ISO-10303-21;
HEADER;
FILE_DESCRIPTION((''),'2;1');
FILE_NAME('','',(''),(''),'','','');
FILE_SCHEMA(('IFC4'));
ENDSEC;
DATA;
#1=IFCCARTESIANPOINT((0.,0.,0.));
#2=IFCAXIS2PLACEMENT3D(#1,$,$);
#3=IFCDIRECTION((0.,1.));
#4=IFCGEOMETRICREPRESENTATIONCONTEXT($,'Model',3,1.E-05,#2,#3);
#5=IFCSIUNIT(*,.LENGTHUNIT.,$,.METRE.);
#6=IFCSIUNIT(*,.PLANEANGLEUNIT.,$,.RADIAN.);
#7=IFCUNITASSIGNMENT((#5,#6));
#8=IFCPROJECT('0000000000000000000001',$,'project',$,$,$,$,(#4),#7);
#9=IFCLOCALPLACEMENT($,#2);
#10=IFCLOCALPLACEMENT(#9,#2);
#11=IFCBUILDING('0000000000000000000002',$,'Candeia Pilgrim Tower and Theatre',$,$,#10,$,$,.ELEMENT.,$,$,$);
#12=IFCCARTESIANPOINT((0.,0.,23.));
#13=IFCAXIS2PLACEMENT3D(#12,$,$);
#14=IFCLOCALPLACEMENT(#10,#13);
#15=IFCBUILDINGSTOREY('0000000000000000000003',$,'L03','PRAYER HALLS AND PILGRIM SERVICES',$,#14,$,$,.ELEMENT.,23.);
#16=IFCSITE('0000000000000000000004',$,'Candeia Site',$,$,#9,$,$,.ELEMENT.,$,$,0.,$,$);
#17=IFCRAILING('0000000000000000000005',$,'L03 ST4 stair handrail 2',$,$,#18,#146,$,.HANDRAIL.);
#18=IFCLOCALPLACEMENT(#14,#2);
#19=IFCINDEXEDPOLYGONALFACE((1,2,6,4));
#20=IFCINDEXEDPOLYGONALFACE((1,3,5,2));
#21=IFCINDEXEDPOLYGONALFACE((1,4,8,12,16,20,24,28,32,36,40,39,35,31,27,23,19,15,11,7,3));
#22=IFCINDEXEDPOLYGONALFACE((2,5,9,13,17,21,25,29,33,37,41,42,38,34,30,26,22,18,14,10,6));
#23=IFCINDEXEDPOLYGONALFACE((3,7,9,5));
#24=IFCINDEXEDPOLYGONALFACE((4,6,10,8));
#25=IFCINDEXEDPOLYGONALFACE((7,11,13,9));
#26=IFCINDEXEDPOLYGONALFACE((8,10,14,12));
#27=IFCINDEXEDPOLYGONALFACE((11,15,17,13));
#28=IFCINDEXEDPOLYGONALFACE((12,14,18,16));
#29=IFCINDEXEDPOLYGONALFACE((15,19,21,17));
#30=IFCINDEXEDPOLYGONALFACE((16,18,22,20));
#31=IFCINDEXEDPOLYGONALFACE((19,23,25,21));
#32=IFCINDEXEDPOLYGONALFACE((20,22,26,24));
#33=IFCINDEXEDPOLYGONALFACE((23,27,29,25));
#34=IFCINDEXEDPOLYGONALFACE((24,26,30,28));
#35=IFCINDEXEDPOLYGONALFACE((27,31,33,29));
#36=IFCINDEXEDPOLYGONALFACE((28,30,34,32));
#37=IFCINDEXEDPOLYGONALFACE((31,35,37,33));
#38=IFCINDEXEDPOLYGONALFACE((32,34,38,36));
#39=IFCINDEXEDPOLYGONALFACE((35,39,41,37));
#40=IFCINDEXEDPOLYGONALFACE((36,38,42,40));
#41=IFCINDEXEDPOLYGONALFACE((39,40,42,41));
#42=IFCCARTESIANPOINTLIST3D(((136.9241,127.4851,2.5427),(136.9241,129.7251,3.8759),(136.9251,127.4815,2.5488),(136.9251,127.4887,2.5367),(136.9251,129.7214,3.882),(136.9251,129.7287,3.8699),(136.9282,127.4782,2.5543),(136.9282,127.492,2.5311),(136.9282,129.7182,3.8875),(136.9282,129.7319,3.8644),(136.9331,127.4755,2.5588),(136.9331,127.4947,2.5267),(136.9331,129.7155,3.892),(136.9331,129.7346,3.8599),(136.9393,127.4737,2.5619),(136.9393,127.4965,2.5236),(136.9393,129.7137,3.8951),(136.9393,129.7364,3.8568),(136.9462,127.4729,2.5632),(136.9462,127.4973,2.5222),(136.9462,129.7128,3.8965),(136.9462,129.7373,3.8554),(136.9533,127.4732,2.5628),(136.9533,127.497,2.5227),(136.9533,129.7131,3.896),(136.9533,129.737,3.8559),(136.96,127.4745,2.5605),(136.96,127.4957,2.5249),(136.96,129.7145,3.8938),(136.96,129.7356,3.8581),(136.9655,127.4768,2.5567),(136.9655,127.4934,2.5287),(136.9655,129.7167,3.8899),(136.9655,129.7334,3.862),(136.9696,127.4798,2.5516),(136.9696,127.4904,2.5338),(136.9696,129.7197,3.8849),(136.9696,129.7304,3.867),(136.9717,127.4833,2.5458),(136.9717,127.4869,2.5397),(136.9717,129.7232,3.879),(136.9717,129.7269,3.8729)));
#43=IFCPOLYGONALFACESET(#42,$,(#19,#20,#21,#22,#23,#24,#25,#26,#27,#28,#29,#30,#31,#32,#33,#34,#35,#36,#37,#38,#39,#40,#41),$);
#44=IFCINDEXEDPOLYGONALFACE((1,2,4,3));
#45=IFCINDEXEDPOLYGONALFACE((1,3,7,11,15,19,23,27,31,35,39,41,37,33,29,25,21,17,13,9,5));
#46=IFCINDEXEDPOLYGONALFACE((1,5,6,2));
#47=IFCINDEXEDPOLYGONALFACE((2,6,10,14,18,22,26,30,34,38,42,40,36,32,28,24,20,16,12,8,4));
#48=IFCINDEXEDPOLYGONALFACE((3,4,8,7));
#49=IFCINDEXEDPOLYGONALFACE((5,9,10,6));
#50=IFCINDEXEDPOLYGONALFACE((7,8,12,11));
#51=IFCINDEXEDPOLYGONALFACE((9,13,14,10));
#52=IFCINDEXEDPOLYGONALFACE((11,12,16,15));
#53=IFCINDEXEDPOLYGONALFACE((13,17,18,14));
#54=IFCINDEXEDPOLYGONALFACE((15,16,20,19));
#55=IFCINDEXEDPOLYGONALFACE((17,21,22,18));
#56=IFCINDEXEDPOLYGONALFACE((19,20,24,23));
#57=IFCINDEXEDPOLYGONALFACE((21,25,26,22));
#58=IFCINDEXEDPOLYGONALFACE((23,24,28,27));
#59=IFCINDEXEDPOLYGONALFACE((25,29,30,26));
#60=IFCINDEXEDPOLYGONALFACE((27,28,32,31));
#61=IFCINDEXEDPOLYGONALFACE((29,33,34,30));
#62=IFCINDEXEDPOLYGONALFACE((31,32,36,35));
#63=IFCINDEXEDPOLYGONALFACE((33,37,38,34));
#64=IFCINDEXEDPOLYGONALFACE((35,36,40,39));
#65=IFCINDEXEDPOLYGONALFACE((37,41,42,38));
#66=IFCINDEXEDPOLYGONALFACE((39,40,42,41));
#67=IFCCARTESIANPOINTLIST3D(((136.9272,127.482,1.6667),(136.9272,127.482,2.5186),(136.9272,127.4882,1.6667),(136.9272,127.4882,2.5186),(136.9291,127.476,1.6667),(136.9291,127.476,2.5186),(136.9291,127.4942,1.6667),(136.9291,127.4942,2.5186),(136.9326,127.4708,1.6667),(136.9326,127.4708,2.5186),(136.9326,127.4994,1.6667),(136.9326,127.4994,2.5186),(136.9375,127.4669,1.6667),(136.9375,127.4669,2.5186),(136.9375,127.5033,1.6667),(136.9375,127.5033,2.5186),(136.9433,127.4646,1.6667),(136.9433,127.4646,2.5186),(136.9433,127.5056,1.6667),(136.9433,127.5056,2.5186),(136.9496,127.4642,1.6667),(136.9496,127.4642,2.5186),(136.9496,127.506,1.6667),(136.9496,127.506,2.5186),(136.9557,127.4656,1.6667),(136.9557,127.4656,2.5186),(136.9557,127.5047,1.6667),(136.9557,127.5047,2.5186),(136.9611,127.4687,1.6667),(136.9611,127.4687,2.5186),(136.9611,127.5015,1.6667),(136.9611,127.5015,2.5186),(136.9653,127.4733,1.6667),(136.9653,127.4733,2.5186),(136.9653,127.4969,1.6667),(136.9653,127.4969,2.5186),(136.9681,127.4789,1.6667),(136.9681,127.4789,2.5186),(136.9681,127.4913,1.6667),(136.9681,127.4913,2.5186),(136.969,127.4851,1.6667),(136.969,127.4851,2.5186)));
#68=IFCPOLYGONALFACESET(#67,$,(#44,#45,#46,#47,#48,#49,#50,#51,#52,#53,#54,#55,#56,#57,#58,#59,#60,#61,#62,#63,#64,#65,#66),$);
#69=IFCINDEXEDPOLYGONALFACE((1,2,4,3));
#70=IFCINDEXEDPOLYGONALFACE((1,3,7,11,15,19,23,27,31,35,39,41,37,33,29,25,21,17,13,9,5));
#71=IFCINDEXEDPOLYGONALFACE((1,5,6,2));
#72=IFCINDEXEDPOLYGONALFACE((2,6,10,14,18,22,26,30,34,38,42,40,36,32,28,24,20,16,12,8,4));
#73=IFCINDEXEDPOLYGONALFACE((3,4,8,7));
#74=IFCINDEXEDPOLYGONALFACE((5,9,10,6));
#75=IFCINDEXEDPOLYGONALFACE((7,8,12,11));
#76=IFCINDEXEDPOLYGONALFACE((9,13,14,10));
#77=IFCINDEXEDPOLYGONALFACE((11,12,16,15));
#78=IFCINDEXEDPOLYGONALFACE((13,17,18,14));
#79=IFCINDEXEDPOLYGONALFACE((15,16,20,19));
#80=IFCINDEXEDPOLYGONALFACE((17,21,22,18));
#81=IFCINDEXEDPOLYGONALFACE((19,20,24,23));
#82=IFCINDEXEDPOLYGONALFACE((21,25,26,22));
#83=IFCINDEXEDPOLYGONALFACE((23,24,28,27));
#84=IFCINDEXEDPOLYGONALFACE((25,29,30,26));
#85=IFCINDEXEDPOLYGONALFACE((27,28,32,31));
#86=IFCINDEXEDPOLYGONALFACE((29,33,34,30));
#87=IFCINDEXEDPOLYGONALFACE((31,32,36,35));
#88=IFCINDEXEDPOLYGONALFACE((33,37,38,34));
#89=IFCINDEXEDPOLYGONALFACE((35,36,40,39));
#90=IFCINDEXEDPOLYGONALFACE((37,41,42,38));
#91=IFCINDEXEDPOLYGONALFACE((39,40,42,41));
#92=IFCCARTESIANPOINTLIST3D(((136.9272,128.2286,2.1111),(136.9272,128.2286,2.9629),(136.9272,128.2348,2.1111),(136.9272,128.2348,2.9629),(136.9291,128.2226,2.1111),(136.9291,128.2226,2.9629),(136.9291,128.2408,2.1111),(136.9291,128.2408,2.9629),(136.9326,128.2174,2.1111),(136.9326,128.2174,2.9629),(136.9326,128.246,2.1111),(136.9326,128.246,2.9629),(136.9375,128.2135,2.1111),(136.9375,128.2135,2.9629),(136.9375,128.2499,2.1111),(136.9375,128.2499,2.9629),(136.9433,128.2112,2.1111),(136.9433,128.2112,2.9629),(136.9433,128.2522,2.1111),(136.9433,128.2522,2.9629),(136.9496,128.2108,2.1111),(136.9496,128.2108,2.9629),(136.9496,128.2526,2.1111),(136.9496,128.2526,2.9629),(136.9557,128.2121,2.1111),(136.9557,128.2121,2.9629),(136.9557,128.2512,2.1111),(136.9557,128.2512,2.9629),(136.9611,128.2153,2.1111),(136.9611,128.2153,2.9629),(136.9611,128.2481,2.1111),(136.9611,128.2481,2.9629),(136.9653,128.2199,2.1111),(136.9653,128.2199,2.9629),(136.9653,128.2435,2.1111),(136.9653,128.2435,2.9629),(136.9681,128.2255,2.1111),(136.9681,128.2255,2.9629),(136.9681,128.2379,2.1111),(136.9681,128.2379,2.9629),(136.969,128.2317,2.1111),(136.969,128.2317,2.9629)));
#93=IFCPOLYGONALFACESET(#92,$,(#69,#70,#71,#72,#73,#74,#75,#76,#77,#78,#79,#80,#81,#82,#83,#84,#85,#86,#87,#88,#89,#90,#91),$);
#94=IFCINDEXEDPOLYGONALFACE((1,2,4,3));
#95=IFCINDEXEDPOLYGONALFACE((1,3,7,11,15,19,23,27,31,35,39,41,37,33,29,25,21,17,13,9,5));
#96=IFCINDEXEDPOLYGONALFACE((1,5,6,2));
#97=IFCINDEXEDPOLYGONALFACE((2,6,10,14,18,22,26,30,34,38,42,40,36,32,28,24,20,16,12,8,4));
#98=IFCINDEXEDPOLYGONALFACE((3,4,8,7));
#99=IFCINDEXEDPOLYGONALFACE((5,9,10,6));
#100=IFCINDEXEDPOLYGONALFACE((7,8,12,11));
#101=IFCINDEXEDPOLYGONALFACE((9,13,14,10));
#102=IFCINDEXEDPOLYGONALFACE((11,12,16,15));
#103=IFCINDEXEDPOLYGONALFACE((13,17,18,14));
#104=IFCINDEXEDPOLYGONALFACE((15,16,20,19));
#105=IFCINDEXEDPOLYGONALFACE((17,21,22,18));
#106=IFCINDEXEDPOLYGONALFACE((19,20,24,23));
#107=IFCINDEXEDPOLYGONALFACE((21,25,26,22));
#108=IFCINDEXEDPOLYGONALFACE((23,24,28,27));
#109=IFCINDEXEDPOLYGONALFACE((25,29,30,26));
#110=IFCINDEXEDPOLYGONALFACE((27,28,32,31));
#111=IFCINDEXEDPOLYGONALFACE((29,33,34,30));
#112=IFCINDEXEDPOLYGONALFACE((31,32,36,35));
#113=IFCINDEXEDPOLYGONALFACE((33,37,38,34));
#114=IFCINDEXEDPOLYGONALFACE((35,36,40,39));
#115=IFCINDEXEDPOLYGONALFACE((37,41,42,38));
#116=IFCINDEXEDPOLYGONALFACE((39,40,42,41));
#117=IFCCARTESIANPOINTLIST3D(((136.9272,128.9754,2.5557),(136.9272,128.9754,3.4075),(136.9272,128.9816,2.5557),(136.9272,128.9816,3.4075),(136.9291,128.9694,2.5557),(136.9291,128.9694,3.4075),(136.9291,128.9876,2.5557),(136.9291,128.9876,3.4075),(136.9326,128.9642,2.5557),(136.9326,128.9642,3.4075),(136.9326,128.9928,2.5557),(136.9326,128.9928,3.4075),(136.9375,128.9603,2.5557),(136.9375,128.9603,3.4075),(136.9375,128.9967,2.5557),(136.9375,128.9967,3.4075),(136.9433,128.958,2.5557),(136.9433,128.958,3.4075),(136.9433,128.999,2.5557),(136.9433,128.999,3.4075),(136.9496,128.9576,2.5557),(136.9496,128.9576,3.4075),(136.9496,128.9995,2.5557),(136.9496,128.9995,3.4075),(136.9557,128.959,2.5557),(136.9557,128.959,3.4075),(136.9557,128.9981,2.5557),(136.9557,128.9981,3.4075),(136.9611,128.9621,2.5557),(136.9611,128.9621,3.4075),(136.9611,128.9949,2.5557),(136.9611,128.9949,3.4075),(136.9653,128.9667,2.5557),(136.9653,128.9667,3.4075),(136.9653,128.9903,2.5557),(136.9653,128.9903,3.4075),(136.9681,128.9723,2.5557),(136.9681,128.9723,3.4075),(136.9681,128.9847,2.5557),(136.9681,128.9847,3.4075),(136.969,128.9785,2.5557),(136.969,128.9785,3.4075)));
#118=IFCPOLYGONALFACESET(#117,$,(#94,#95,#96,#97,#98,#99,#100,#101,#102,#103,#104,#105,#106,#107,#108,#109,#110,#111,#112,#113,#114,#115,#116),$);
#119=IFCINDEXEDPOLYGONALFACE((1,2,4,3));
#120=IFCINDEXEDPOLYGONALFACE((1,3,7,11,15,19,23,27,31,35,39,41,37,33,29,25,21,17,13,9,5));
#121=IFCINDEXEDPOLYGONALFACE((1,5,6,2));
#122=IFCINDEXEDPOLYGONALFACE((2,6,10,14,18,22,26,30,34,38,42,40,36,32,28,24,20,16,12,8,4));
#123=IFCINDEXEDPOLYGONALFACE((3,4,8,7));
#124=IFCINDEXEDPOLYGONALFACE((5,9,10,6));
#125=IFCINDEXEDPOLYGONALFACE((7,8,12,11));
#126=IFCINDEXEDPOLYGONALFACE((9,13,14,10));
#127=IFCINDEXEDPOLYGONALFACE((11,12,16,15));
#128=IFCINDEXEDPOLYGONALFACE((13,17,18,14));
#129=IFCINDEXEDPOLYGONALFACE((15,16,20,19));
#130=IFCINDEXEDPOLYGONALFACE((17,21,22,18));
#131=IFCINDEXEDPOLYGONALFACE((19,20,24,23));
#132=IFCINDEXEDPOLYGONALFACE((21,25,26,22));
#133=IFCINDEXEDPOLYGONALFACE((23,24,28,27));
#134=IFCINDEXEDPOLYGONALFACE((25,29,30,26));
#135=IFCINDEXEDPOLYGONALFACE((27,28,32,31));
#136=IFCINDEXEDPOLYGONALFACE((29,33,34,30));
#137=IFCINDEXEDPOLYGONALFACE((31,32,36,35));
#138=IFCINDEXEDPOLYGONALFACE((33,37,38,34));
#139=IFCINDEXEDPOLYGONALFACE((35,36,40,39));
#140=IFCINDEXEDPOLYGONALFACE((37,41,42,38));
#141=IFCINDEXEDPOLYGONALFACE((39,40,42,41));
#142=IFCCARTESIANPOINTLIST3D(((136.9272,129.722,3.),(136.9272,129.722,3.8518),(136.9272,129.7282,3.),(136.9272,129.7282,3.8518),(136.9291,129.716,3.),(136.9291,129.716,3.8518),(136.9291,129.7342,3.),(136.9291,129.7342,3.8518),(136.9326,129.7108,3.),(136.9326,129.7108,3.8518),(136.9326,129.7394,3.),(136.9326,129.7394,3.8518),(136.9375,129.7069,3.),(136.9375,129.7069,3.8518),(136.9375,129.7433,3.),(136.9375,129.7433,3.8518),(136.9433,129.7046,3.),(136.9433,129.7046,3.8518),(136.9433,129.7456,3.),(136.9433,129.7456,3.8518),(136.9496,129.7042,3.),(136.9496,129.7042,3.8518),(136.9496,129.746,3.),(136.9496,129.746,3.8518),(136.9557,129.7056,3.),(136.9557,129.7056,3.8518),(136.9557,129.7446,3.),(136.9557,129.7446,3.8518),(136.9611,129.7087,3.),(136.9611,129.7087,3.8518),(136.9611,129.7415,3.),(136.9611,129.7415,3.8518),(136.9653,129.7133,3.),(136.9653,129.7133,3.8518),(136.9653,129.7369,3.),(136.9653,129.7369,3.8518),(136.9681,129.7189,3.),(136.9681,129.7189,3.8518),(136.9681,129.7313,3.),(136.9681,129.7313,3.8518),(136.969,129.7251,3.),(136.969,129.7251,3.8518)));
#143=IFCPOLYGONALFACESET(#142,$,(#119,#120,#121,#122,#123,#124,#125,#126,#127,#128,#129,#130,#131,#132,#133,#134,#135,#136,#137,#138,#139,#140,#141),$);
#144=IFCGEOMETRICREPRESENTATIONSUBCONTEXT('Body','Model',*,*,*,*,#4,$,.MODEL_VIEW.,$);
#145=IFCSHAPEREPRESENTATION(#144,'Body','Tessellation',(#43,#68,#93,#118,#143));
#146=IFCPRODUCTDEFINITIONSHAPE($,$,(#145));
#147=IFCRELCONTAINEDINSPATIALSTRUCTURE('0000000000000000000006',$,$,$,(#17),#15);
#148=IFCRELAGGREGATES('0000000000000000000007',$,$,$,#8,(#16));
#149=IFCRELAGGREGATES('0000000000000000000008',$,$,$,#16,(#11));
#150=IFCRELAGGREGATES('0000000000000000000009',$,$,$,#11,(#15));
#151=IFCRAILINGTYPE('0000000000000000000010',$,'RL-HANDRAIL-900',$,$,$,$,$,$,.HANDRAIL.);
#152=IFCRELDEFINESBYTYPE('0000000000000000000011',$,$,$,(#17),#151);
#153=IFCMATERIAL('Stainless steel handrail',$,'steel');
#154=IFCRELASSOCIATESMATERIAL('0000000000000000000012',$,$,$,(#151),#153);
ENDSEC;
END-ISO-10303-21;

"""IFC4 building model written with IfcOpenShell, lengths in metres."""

from ifc_helpers import new_model, si_unit, direction, frame, origin, origin_2d, place, context, subcontext, project, spatial, circle, extrude, material, type_object, element, save


model = new_model("IFC4")

# Units and contexts
model_context = context("Model", 3, precision=1e-05, world=origin(), true_north=direction((0.0, 1.0)))
body_context = subcontext(model_context, "Body", "Model", "MODEL_VIEW")
ifc_project = project(units=[si_unit("LENGTHUNIT", "METRE"), si_unit("PLANEANGLEUNIT", "RADIAN")], contexts=[model_context])

# Site, building, storey
site_placement = place(None, origin())
site = spatial("IfcSite", under=ifc_project, at=site_placement, Name="Candeia Site", CompositionType="ELEMENT", RefElevation=0.0)
building_placement = place(site_placement, origin())
building = spatial("IfcBuilding", under=site, at=building_placement, Name="Candeia Pilgrim Tower and Theatre", CompositionType="ELEMENT")
storey_placement = place(building_placement, frame((0.0, 0.0, 23.0)))
storey = spatial("IfcBuildingStorey", under=building, at=storey_placement, Name="L03", Description="PRAYER HALLS AND PILGRIM SERVICES", CompositionType="ELEMENT", Elevation=23.0)

# Railing
ifc_material_1 = material(Name="Stainless steel handrail", Category="steel")
railing_type_1 = type_object("IfcRailingType", Name="RL-HANDRAIL-900", PredefinedType="HANDRAIL", material=ifc_material_1)
for number, where, name in (
    (1, (136.948, 127.4851, 1.6667), "L03 ST4 stair handrail 2"),
):
    element("IfcRailing", number, at=place(storey_placement, frame(where)), inside=storey, type_object=railing_type_1, Name=name, PredefinedType="HANDRAIL", context=body_context, shape_type="SweptSolid", body=[
        extrude(circle(Radius=0.0239, at=origin_2d()), frame((0.0, 0.0, 0.876), z_axis=(0.0, 0.859306, 0.511462), x_axis=(-1.0, 0.0, 0.0)), (0.0, 0.0, 1.0), 2.6067),
        extrude(circle(Radius=0.021, at=origin_2d()), origin(), (0.0, 0.0, 1.0), 0.8518),
        extrude(circle(Radius=0.021, at=origin_2d()), frame((0.0, 0.7466, 0.4443)), (0.0, 0.0, 1.0), 0.8518),
        extrude(circle(Radius=0.021, at=origin_2d()), frame((0.0, 1.4934, 0.8889)), (0.0, 0.0, 1.0), 0.8518),
        extrude(circle(Radius=0.021, at=origin_2d()), frame((0.0, 2.24, 1.3333)), (0.0, 0.0, 1.0), 0.8518),
    ])

save(model, "model.ifc")
